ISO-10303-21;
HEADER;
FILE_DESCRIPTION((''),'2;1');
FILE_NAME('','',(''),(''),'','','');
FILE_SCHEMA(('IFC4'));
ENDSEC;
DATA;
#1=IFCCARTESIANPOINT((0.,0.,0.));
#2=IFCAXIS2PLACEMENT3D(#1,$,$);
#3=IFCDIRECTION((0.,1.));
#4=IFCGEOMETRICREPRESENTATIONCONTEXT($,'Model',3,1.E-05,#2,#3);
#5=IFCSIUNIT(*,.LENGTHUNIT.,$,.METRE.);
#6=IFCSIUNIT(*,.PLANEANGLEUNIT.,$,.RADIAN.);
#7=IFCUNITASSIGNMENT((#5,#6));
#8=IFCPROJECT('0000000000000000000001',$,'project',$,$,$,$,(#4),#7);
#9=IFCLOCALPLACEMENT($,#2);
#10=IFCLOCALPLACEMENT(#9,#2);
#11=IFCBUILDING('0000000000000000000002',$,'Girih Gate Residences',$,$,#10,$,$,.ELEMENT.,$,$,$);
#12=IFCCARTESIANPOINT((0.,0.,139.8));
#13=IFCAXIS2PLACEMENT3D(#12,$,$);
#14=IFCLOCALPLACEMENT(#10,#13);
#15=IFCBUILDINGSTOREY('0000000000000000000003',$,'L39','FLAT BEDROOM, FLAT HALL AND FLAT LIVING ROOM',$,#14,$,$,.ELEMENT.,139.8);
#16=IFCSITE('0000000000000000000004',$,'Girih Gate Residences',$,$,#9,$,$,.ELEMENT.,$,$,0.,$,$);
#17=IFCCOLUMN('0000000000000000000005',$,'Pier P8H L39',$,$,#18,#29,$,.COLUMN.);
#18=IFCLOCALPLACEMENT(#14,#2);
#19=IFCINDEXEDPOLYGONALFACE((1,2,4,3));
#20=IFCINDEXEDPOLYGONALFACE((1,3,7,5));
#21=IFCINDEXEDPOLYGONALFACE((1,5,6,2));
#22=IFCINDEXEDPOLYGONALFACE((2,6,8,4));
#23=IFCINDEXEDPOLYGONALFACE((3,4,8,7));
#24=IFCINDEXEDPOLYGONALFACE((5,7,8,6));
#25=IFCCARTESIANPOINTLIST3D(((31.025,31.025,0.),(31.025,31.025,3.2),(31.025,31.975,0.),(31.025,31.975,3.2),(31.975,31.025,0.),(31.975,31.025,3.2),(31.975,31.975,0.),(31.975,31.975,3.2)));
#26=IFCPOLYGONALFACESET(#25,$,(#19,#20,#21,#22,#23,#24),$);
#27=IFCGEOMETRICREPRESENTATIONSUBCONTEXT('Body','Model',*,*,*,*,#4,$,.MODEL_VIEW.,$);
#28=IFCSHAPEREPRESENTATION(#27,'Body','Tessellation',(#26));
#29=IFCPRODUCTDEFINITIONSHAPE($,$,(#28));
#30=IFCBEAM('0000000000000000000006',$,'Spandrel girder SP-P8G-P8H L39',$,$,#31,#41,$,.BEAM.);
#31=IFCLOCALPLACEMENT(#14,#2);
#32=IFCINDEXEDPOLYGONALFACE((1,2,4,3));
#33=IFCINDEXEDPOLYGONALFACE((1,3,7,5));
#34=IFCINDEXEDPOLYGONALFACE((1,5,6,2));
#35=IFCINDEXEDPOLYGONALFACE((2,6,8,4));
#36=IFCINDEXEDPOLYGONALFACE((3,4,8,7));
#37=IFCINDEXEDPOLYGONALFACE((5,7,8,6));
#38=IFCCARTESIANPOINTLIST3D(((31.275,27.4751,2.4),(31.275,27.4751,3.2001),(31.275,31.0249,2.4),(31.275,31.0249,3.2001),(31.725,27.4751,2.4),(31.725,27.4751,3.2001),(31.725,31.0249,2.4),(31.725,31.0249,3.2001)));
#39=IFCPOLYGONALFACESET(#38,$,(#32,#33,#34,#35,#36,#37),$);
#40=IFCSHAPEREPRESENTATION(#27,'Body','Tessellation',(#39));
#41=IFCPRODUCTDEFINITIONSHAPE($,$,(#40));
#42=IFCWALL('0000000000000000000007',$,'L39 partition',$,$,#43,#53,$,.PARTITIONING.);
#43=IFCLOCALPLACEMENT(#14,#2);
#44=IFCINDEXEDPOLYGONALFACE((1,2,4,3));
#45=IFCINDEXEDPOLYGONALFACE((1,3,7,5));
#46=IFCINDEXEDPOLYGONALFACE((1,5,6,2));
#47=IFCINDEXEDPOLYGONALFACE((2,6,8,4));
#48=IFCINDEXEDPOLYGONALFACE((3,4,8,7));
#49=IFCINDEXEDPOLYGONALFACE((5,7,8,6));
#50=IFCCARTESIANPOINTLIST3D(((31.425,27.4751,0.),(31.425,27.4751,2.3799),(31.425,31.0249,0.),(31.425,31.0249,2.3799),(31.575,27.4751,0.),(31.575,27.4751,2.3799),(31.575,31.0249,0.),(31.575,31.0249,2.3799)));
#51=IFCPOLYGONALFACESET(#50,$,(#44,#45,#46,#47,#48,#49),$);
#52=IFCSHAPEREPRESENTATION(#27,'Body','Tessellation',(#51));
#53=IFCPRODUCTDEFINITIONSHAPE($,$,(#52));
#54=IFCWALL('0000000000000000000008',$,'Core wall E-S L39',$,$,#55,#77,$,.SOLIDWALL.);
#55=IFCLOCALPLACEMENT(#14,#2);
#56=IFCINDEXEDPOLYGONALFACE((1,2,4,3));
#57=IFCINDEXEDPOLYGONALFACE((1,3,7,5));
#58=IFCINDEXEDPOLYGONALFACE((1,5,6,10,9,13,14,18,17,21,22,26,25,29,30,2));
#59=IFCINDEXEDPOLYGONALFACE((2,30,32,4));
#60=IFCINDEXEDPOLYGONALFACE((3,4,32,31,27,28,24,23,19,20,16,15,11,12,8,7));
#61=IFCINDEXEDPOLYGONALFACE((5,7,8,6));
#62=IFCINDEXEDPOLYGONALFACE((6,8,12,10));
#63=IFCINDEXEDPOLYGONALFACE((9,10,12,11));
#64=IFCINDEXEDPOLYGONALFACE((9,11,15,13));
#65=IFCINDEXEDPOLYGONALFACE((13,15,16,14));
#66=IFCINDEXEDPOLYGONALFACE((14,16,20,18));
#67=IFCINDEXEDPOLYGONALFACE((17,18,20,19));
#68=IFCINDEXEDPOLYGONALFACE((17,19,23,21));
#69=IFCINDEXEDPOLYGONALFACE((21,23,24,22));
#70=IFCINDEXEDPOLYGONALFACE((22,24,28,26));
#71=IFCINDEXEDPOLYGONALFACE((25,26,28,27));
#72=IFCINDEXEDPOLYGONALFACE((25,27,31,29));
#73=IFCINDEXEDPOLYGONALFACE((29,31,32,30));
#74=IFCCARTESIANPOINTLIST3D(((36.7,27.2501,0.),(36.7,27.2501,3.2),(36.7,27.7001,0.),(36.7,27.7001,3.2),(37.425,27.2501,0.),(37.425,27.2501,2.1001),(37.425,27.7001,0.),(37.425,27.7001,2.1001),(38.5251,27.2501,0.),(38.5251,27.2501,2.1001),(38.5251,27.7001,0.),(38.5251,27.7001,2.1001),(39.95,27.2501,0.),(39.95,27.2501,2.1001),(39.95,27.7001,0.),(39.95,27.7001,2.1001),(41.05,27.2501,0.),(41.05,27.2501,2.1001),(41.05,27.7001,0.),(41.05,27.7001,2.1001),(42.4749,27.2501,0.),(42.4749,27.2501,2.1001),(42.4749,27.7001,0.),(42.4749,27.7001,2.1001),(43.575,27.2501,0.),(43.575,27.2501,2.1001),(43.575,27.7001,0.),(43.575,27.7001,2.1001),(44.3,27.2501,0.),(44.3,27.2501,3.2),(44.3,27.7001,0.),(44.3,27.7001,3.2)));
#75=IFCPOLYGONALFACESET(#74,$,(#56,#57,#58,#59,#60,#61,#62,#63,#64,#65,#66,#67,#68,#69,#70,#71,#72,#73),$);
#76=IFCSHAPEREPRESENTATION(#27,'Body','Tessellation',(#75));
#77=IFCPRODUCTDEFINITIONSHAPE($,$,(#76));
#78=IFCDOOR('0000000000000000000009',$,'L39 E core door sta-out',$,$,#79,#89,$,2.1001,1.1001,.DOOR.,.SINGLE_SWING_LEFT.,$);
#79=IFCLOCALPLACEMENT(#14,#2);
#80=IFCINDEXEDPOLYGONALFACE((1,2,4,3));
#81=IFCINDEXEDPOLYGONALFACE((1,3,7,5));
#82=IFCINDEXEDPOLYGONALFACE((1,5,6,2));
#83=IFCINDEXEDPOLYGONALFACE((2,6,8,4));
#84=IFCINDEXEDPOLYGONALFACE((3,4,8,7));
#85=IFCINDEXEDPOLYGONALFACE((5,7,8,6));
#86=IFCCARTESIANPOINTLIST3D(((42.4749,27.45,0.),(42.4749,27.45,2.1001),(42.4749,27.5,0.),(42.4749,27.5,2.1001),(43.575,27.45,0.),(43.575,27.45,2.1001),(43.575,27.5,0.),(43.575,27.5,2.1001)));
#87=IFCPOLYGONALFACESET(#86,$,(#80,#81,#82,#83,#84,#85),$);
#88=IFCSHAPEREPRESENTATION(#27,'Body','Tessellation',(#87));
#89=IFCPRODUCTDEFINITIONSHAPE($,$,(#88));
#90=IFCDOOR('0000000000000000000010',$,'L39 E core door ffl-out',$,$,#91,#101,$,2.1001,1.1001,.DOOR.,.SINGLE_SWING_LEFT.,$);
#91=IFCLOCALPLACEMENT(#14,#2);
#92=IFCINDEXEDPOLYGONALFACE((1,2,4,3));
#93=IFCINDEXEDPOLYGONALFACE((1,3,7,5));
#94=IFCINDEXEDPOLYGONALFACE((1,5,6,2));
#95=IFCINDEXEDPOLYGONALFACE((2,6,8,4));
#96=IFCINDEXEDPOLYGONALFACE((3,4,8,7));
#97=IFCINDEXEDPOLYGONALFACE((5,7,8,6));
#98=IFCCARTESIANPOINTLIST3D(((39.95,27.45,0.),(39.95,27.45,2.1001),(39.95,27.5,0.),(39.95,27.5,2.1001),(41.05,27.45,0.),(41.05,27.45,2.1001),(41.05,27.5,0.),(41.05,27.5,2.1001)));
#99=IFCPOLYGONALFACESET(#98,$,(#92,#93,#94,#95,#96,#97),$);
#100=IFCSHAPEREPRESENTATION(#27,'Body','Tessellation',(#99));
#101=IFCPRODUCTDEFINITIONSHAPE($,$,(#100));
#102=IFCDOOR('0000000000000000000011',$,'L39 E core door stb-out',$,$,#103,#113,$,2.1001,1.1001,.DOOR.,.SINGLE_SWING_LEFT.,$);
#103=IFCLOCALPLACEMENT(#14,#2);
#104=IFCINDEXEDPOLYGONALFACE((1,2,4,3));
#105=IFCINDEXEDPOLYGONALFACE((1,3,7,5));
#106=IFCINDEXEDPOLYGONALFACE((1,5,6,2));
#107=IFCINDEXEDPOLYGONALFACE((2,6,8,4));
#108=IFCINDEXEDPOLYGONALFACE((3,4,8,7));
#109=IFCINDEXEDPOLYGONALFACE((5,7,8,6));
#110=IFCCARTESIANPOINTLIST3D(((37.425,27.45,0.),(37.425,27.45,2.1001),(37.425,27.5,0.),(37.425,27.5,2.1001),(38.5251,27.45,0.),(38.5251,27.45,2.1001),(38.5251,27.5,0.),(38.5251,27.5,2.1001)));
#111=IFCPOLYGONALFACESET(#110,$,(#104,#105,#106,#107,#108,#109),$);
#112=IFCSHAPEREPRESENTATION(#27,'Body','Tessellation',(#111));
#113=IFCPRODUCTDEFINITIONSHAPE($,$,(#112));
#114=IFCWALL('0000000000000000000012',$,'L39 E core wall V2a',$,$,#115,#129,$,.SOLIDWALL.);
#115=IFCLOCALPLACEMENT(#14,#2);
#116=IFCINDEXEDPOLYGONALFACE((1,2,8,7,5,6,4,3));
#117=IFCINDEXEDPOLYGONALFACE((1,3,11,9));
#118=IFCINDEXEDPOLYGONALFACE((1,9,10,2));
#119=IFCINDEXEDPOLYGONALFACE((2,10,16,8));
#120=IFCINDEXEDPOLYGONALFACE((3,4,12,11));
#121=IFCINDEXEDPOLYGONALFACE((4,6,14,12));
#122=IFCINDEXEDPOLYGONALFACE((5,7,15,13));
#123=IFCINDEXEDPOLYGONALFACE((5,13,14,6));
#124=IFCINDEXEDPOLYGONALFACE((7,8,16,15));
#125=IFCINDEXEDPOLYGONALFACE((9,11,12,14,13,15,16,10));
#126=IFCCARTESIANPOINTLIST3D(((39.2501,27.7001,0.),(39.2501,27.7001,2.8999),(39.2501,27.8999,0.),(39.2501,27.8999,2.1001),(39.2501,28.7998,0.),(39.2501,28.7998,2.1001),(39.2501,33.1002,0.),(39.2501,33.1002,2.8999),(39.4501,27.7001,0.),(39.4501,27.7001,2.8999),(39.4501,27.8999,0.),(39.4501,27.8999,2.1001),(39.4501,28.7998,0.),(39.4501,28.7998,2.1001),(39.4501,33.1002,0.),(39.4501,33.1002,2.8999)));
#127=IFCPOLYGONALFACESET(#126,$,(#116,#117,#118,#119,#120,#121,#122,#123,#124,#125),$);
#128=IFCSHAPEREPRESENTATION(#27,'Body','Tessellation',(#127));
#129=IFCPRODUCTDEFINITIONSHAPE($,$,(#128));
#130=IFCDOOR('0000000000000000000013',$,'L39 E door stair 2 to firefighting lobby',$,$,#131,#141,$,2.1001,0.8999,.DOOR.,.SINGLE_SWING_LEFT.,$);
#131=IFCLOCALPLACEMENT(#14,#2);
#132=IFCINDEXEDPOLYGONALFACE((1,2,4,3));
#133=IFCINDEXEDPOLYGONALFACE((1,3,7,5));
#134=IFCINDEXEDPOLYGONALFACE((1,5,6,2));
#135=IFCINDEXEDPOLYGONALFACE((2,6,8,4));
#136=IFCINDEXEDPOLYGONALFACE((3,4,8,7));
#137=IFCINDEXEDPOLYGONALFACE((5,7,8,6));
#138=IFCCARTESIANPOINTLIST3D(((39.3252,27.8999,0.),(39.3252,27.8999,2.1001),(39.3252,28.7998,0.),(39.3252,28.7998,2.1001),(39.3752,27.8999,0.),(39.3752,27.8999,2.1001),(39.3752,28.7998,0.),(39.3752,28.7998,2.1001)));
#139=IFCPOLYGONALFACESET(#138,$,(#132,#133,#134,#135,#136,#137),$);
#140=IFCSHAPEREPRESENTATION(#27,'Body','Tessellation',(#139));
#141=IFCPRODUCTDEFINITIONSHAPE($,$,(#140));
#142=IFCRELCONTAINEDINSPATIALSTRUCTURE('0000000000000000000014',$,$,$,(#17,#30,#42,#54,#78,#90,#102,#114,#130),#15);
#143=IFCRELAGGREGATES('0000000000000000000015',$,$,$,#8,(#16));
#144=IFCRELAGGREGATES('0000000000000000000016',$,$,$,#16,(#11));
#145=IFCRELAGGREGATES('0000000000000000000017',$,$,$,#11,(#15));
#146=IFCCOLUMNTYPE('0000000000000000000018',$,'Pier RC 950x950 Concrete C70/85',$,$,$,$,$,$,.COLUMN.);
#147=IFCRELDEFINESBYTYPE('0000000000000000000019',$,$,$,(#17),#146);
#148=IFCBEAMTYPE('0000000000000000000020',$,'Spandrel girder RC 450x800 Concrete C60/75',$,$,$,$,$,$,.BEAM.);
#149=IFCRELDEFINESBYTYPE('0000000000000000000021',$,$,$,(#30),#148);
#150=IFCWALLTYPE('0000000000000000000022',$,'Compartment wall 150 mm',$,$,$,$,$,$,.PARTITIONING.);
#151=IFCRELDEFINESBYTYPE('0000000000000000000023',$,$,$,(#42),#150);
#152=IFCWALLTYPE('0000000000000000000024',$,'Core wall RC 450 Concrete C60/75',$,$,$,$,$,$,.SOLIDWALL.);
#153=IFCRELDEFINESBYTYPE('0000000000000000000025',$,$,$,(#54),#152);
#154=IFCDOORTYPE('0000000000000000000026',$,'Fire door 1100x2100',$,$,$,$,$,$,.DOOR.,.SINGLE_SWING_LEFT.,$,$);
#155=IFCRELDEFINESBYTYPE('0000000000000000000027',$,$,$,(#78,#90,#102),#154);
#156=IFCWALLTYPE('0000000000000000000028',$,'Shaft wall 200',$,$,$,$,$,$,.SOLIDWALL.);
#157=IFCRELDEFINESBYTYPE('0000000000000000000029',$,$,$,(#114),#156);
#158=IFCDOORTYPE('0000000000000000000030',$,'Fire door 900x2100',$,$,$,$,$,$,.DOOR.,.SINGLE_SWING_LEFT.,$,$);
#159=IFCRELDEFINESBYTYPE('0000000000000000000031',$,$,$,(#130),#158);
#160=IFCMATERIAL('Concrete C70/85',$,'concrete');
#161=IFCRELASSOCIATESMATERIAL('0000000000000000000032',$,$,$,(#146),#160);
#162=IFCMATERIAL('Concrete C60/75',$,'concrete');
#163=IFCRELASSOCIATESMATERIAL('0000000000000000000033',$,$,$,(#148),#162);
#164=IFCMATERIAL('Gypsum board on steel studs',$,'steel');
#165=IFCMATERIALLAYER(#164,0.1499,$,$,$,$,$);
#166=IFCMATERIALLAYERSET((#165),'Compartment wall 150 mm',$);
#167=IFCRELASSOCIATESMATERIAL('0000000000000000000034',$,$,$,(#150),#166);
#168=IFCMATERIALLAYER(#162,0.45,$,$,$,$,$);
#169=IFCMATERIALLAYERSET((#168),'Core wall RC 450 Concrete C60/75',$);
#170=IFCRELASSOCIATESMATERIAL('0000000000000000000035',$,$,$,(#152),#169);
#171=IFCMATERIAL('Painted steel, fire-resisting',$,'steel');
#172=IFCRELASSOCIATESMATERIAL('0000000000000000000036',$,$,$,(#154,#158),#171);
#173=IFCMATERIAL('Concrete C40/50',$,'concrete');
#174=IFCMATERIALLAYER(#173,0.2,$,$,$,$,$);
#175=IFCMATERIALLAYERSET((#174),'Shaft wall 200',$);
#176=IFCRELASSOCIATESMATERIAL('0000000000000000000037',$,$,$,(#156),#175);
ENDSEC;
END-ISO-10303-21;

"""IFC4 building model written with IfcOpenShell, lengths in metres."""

from ifc_helpers import new_model, si_unit, direction, frame, frame_2d, origin, origin_2d, place, context, subcontext, project, spatial, rectangle, extrude, material, layer, layer_set, material_profile, profile_set, type_object, element, fill, save


model = new_model("IFC4")

# Units and contexts
model_context = context("Model", 3, precision=1e-05, world=origin(), true_north=direction((0.0, 1.0)))
body_context = subcontext(model_context, "Body", "Model", "MODEL_VIEW")
ifc_project = project(units=[si_unit("LENGTHUNIT", "METRE"), si_unit("PLANEANGLEUNIT", "RADIAN")], contexts=[model_context])

# Site, building, storey
site_placement = place(None, origin())
site = spatial("IfcSite", under=ifc_project, at=site_placement, Name="Girih Gate Residences", CompositionType="ELEMENT", RefElevation=0.0)
building_placement = place(site_placement, origin())
building = spatial("IfcBuilding", under=site, at=building_placement, Name="Girih Gate Residences", CompositionType="ELEMENT")
storey_placement = place(building_placement, frame((0.0, 0.0, 139.8)))
storey = spatial("IfcBuildingStorey", under=building, at=storey_placement, Name="L39", Description="FLAT BEDROOM, FLAT HALL AND FLAT LIVING ROOM", CompositionType="ELEMENT", Elevation=139.8)

# Column
ifc_material_1 = material(Name="Concrete C70/85", Category="concrete")
ifc_material_profile_1 = material_profile(ifc_material_1, rectangle(XDim=0.95, YDim=0.95, at=origin_2d()))
ifc_profile_set_1 = profile_set([ifc_material_profile_1], Name="Concrete C70/85")
column_type = type_object("IfcColumnType", Name="Pier RC 950x950 Concrete C70/85", PredefinedType="COLUMN", material=ifc_profile_set_1)
column_placement = place(storey_placement, frame((31.5, 31.5, 0.0), z_axis=(0.0, 0.0, 1.0), x_axis=(1.0, 0.0, 0.0)))
element("IfcColumn", 1, at=column_placement, inside=storey, type_object=column_type, Name="Pier P8H L39", PredefinedType="COLUMN", context=body_context, shape_type="SweptSolid", body=[
    extrude(rectangle(XDim=0.95, YDim=0.95, at=origin_2d()), origin(), (0.0, 0.0, 1.0), 3.2),
])

# Beam
ifc_material_2 = material(Name="Concrete C60/75", Category="concrete")
ifc_material_profile_2 = material_profile(ifc_material_2, rectangle(XDim=0.45, YDim=0.8, at=origin_2d()))
ifc_profile_set_2 = profile_set([ifc_material_profile_2], Name="Concrete C60/75")
beam_type = type_object("IfcBeamType", Name="Spandrel girder RC 450x800 Concrete C60/75", PredefinedType="BEAM", material=ifc_profile_set_2)
beam_placement = place(storey_placement, frame((31.5, 27.4751, 2.8), z_axis=(0.0, 1.0, 0.0), x_axis=(-1.0, 0.0, 0.0)))
element("IfcBeam", 2, at=beam_placement, inside=storey, type_object=beam_type, Name="Spandrel girder SP-P8G-P8H L39", PredefinedType="BEAM", context=body_context, shape_type="SweptSolid", body=[
    extrude(rectangle(XDim=0.45, YDim=0.8, at=origin_2d()), origin(), (0.0, 0.0, 1.0), 3.5498),
])

# Wall
ifc_material_3 = material(Name="Gypsum board on steel studs", Category="steel")
ifc_layer_1 = layer(ifc_material_3, 0.1499)
ifc_layer_set_1 = layer_set([ifc_layer_1], Name="Compartment wall 150 mm")
wall_type_1 = type_object("IfcWallType", Name="Compartment wall 150 mm", PredefinedType="PARTITIONING", material=ifc_layer_set_1)
wall_1_placement = place(storey_placement, frame((31.5, 27.4751, 0.0), z_axis=(0.0, 0.0, 1.0), x_axis=(0.0, 1.0, 0.0)))
element("IfcWall", 3, at=wall_1_placement, inside=storey, type_object=wall_type_1, Name="L39 partition", PredefinedType="PARTITIONING", context=body_context, shape_type="SweptSolid", body=[
    extrude(rectangle(XDim=3.5498, YDim=0.1499, at=frame_2d((1.7749, 0.0))), origin(), (0.0, 0.0, 1.0), 2.3799),
])

# Wall, openings, doors
ifc_layer_2 = layer(ifc_material_2, 0.45)
ifc_layer_set_2 = layer_set([ifc_layer_2], Name="Core wall RC 450 Concrete C60/75")
wall_type_2 = type_object("IfcWallType", Name="Core wall RC 450 Concrete C60/75", PredefinedType="SOLIDWALL", material=ifc_layer_set_2)
wall_2_placement = place(storey_placement, frame((36.7, 27.4751, 0.0), z_axis=(0.0, 0.0, 1.0), x_axis=(1.0, 0.0, 0.0)))
wall_2 = element("IfcWall", 4, at=wall_2_placement, inside=storey, type_object=wall_type_2, Name="Core wall E-S L39", PredefinedType="SOLIDWALL", context=body_context, shape_type="SweptSolid", body=[
    extrude(rectangle(XDim=7.6001, YDim=0.45, at=frame_2d((3.8, 0.0))), origin(), (0.0, 0.0, 1.0), 3.2),
])
opening_1_placement = place(wall_2_placement, frame((5.7749, 0.0, 0.0)))
opening_1 = element("IfcOpeningElement", 5, at=opening_1_placement, cuts=wall_2, PredefinedType="OPENING", context=body_context, shape_type="SweptSolid", body=[
    extrude(rectangle(XDim=1.1001, YDim=2.1001, at=frame_2d((0.55, 1.05))), frame((0.0, 0.2349, 0.0), z_axis=(0.0, -1.0, 0.0), x_axis=(1.0, 0.0, 0.0)), (0.0, 0.0, 1.0), 0.47),
])
opening_2_placement = place(wall_2_placement, frame((3.25, 0.0, 0.0)))
opening_2 = element("IfcOpeningElement", 6, at=opening_2_placement, cuts=wall_2, PredefinedType="OPENING", context=body_context, shape_type="SweptSolid", body=[
    extrude(rectangle(XDim=1.1001, YDim=2.1001, at=frame_2d((0.55, 1.05))), frame((0.0, 0.2349, 0.0), z_axis=(0.0, -1.0, 0.0), x_axis=(1.0, 0.0, 0.0)), (0.0, 0.0, 1.0), 0.47),
])
opening_3_placement = place(wall_2_placement, frame((0.7251, 0.0, 0.0)))
opening_3 = element("IfcOpeningElement", 7, at=opening_3_placement, cuts=wall_2, PredefinedType="OPENING", context=body_context, shape_type="SweptSolid", body=[
    extrude(rectangle(XDim=1.1001, YDim=2.1001, at=frame_2d((0.55, 1.05))), frame((0.0, 0.2349, 0.0), z_axis=(0.0, -1.0, 0.0), x_axis=(1.0, 0.0, 0.0)), (0.0, 0.0, 1.0), 0.47),
])
ifc_material_4 = material(Name="Painted steel, fire-resisting", Category="steel")
door_type_1 = type_object("IfcDoorType", Name="Fire door 1100x2100", OperationType="SINGLE_SWING_LEFT", PredefinedType="DOOR", material=ifc_material_4)
door_1_placement = place(opening_1_placement, origin())
door_1 = element("IfcDoor", 8, at=door_1_placement, inside=storey, type_object=door_type_1, Name="L39 E core door sta-out", OperationType="SINGLE_SWING_LEFT", OverallHeight=2.1001, OverallWidth=1.1001, PredefinedType="DOOR", context=body_context, shape_type="SweptSolid", body=[
    extrude(rectangle(XDim=1.1001, YDim=2.1001, at=frame_2d((0.55, 1.05))), frame((0.0, 0.0249, 0.0), z_axis=(0.0, -1.0, 0.0), x_axis=(1.0, 0.0, 0.0)), (0.0, 0.0, 1.0), 0.05),
])
fill(opening_1, door_1)
door_2_placement = place(opening_2_placement, origin())
door_2 = element("IfcDoor", 9, at=door_2_placement, inside=storey, type_object=door_type_1, Name="L39 E core door ffl-out", OperationType="SINGLE_SWING_LEFT", OverallHeight=2.1001, OverallWidth=1.1001, PredefinedType="DOOR", context=body_context, shape_type="SweptSolid", body=[
    extrude(rectangle(XDim=1.1001, YDim=2.1001, at=frame_2d((0.55, 1.05))), frame((0.0, 0.0249, 0.0), z_axis=(0.0, -1.0, 0.0), x_axis=(1.0, 0.0, 0.0)), (0.0, 0.0, 1.0), 0.05),
])
fill(opening_2, door_2)
door_3_placement = place(opening_3_placement, origin())
door_3 = element("IfcDoor", 10, at=door_3_placement, inside=storey, type_object=door_type_1, Name="L39 E core door stb-out", OperationType="SINGLE_SWING_LEFT", OverallHeight=2.1001, OverallWidth=1.1001, PredefinedType="DOOR", context=body_context, shape_type="SweptSolid", body=[
    extrude(rectangle(XDim=1.1001, YDim=2.1001, at=frame_2d((0.55, 1.05))), frame((0.0, 0.0249, 0.0), z_axis=(0.0, -1.0, 0.0), x_axis=(1.0, 0.0, 0.0)), (0.0, 0.0, 1.0), 0.05),
])
fill(opening_3, door_3)

# Wall, opening, door
ifc_material_5 = material(Name="Concrete C40/50", Category="concrete")
ifc_layer_3 = layer(ifc_material_5, 0.2)
ifc_layer_set_3 = layer_set([ifc_layer_3], Name="Shaft wall 200")
wall_type_3 = type_object("IfcWallType", Name="Shaft wall 200", PredefinedType="SOLIDWALL", material=ifc_layer_set_3)
wall_3_placement = place(storey_placement, frame((39.3501, 27.7, 0.0), z_axis=(0.0, 0.0, 1.0), x_axis=(0.0, 1.0, 0.0)))
wall_3 = element("IfcWall", 11, at=wall_3_placement, inside=storey, type_object=wall_type_3, Name="L39 E core wall V2a", PredefinedType="SOLIDWALL", context=body_context, shape_type="SweptSolid", body=[
    extrude(rectangle(XDim=5.4001, YDim=0.2, at=frame_2d((2.7002, 0.0))), origin(), (0.0, 0.0, 1.0), 2.8999),
])
opening_4_placement = place(wall_3_placement, frame((0.2, 0.0, 0.0)))
opening_4 = element("IfcOpeningElement", 12, at=opening_4_placement, cuts=wall_3, PredefinedType="OPENING", context=body_context, shape_type="SweptSolid", body=[
    extrude(rectangle(XDim=0.8999, YDim=2.1001, at=frame_2d((0.45, 1.05))), frame((0.0, 0.1099, 0.0), z_axis=(0.0, -1.0, 0.0), x_axis=(1.0, 0.0, 0.0)), (0.0, 0.0, 1.0), 0.22),
])
door_type_2 = type_object("IfcDoorType", Name="Fire door 900x2100", OperationType="SINGLE_SWING_LEFT", PredefinedType="DOOR", material=ifc_material_4)
door_4_placement = place(opening_4_placement, origin())
door_4 = element("IfcDoor", 13, at=door_4_placement, inside=storey, type_object=door_type_2, Name="L39 E door stair 2 to firefighting lobby", OperationType="SINGLE_SWING_LEFT", OverallHeight=2.1001, OverallWidth=0.8999, PredefinedType="DOOR", context=body_context, shape_type="SweptSolid", body=[
    extrude(rectangle(XDim=0.8999, YDim=2.1001, at=frame_2d((0.45, 1.05))), frame((0.0, 0.0249, 0.0), z_axis=(0.0, -1.0, 0.0), x_axis=(1.0, 0.0, 0.0)), (0.0, 0.0, 1.0), 0.05),
])
fill(opening_4, door_4)

save(model, "model.ifc")
